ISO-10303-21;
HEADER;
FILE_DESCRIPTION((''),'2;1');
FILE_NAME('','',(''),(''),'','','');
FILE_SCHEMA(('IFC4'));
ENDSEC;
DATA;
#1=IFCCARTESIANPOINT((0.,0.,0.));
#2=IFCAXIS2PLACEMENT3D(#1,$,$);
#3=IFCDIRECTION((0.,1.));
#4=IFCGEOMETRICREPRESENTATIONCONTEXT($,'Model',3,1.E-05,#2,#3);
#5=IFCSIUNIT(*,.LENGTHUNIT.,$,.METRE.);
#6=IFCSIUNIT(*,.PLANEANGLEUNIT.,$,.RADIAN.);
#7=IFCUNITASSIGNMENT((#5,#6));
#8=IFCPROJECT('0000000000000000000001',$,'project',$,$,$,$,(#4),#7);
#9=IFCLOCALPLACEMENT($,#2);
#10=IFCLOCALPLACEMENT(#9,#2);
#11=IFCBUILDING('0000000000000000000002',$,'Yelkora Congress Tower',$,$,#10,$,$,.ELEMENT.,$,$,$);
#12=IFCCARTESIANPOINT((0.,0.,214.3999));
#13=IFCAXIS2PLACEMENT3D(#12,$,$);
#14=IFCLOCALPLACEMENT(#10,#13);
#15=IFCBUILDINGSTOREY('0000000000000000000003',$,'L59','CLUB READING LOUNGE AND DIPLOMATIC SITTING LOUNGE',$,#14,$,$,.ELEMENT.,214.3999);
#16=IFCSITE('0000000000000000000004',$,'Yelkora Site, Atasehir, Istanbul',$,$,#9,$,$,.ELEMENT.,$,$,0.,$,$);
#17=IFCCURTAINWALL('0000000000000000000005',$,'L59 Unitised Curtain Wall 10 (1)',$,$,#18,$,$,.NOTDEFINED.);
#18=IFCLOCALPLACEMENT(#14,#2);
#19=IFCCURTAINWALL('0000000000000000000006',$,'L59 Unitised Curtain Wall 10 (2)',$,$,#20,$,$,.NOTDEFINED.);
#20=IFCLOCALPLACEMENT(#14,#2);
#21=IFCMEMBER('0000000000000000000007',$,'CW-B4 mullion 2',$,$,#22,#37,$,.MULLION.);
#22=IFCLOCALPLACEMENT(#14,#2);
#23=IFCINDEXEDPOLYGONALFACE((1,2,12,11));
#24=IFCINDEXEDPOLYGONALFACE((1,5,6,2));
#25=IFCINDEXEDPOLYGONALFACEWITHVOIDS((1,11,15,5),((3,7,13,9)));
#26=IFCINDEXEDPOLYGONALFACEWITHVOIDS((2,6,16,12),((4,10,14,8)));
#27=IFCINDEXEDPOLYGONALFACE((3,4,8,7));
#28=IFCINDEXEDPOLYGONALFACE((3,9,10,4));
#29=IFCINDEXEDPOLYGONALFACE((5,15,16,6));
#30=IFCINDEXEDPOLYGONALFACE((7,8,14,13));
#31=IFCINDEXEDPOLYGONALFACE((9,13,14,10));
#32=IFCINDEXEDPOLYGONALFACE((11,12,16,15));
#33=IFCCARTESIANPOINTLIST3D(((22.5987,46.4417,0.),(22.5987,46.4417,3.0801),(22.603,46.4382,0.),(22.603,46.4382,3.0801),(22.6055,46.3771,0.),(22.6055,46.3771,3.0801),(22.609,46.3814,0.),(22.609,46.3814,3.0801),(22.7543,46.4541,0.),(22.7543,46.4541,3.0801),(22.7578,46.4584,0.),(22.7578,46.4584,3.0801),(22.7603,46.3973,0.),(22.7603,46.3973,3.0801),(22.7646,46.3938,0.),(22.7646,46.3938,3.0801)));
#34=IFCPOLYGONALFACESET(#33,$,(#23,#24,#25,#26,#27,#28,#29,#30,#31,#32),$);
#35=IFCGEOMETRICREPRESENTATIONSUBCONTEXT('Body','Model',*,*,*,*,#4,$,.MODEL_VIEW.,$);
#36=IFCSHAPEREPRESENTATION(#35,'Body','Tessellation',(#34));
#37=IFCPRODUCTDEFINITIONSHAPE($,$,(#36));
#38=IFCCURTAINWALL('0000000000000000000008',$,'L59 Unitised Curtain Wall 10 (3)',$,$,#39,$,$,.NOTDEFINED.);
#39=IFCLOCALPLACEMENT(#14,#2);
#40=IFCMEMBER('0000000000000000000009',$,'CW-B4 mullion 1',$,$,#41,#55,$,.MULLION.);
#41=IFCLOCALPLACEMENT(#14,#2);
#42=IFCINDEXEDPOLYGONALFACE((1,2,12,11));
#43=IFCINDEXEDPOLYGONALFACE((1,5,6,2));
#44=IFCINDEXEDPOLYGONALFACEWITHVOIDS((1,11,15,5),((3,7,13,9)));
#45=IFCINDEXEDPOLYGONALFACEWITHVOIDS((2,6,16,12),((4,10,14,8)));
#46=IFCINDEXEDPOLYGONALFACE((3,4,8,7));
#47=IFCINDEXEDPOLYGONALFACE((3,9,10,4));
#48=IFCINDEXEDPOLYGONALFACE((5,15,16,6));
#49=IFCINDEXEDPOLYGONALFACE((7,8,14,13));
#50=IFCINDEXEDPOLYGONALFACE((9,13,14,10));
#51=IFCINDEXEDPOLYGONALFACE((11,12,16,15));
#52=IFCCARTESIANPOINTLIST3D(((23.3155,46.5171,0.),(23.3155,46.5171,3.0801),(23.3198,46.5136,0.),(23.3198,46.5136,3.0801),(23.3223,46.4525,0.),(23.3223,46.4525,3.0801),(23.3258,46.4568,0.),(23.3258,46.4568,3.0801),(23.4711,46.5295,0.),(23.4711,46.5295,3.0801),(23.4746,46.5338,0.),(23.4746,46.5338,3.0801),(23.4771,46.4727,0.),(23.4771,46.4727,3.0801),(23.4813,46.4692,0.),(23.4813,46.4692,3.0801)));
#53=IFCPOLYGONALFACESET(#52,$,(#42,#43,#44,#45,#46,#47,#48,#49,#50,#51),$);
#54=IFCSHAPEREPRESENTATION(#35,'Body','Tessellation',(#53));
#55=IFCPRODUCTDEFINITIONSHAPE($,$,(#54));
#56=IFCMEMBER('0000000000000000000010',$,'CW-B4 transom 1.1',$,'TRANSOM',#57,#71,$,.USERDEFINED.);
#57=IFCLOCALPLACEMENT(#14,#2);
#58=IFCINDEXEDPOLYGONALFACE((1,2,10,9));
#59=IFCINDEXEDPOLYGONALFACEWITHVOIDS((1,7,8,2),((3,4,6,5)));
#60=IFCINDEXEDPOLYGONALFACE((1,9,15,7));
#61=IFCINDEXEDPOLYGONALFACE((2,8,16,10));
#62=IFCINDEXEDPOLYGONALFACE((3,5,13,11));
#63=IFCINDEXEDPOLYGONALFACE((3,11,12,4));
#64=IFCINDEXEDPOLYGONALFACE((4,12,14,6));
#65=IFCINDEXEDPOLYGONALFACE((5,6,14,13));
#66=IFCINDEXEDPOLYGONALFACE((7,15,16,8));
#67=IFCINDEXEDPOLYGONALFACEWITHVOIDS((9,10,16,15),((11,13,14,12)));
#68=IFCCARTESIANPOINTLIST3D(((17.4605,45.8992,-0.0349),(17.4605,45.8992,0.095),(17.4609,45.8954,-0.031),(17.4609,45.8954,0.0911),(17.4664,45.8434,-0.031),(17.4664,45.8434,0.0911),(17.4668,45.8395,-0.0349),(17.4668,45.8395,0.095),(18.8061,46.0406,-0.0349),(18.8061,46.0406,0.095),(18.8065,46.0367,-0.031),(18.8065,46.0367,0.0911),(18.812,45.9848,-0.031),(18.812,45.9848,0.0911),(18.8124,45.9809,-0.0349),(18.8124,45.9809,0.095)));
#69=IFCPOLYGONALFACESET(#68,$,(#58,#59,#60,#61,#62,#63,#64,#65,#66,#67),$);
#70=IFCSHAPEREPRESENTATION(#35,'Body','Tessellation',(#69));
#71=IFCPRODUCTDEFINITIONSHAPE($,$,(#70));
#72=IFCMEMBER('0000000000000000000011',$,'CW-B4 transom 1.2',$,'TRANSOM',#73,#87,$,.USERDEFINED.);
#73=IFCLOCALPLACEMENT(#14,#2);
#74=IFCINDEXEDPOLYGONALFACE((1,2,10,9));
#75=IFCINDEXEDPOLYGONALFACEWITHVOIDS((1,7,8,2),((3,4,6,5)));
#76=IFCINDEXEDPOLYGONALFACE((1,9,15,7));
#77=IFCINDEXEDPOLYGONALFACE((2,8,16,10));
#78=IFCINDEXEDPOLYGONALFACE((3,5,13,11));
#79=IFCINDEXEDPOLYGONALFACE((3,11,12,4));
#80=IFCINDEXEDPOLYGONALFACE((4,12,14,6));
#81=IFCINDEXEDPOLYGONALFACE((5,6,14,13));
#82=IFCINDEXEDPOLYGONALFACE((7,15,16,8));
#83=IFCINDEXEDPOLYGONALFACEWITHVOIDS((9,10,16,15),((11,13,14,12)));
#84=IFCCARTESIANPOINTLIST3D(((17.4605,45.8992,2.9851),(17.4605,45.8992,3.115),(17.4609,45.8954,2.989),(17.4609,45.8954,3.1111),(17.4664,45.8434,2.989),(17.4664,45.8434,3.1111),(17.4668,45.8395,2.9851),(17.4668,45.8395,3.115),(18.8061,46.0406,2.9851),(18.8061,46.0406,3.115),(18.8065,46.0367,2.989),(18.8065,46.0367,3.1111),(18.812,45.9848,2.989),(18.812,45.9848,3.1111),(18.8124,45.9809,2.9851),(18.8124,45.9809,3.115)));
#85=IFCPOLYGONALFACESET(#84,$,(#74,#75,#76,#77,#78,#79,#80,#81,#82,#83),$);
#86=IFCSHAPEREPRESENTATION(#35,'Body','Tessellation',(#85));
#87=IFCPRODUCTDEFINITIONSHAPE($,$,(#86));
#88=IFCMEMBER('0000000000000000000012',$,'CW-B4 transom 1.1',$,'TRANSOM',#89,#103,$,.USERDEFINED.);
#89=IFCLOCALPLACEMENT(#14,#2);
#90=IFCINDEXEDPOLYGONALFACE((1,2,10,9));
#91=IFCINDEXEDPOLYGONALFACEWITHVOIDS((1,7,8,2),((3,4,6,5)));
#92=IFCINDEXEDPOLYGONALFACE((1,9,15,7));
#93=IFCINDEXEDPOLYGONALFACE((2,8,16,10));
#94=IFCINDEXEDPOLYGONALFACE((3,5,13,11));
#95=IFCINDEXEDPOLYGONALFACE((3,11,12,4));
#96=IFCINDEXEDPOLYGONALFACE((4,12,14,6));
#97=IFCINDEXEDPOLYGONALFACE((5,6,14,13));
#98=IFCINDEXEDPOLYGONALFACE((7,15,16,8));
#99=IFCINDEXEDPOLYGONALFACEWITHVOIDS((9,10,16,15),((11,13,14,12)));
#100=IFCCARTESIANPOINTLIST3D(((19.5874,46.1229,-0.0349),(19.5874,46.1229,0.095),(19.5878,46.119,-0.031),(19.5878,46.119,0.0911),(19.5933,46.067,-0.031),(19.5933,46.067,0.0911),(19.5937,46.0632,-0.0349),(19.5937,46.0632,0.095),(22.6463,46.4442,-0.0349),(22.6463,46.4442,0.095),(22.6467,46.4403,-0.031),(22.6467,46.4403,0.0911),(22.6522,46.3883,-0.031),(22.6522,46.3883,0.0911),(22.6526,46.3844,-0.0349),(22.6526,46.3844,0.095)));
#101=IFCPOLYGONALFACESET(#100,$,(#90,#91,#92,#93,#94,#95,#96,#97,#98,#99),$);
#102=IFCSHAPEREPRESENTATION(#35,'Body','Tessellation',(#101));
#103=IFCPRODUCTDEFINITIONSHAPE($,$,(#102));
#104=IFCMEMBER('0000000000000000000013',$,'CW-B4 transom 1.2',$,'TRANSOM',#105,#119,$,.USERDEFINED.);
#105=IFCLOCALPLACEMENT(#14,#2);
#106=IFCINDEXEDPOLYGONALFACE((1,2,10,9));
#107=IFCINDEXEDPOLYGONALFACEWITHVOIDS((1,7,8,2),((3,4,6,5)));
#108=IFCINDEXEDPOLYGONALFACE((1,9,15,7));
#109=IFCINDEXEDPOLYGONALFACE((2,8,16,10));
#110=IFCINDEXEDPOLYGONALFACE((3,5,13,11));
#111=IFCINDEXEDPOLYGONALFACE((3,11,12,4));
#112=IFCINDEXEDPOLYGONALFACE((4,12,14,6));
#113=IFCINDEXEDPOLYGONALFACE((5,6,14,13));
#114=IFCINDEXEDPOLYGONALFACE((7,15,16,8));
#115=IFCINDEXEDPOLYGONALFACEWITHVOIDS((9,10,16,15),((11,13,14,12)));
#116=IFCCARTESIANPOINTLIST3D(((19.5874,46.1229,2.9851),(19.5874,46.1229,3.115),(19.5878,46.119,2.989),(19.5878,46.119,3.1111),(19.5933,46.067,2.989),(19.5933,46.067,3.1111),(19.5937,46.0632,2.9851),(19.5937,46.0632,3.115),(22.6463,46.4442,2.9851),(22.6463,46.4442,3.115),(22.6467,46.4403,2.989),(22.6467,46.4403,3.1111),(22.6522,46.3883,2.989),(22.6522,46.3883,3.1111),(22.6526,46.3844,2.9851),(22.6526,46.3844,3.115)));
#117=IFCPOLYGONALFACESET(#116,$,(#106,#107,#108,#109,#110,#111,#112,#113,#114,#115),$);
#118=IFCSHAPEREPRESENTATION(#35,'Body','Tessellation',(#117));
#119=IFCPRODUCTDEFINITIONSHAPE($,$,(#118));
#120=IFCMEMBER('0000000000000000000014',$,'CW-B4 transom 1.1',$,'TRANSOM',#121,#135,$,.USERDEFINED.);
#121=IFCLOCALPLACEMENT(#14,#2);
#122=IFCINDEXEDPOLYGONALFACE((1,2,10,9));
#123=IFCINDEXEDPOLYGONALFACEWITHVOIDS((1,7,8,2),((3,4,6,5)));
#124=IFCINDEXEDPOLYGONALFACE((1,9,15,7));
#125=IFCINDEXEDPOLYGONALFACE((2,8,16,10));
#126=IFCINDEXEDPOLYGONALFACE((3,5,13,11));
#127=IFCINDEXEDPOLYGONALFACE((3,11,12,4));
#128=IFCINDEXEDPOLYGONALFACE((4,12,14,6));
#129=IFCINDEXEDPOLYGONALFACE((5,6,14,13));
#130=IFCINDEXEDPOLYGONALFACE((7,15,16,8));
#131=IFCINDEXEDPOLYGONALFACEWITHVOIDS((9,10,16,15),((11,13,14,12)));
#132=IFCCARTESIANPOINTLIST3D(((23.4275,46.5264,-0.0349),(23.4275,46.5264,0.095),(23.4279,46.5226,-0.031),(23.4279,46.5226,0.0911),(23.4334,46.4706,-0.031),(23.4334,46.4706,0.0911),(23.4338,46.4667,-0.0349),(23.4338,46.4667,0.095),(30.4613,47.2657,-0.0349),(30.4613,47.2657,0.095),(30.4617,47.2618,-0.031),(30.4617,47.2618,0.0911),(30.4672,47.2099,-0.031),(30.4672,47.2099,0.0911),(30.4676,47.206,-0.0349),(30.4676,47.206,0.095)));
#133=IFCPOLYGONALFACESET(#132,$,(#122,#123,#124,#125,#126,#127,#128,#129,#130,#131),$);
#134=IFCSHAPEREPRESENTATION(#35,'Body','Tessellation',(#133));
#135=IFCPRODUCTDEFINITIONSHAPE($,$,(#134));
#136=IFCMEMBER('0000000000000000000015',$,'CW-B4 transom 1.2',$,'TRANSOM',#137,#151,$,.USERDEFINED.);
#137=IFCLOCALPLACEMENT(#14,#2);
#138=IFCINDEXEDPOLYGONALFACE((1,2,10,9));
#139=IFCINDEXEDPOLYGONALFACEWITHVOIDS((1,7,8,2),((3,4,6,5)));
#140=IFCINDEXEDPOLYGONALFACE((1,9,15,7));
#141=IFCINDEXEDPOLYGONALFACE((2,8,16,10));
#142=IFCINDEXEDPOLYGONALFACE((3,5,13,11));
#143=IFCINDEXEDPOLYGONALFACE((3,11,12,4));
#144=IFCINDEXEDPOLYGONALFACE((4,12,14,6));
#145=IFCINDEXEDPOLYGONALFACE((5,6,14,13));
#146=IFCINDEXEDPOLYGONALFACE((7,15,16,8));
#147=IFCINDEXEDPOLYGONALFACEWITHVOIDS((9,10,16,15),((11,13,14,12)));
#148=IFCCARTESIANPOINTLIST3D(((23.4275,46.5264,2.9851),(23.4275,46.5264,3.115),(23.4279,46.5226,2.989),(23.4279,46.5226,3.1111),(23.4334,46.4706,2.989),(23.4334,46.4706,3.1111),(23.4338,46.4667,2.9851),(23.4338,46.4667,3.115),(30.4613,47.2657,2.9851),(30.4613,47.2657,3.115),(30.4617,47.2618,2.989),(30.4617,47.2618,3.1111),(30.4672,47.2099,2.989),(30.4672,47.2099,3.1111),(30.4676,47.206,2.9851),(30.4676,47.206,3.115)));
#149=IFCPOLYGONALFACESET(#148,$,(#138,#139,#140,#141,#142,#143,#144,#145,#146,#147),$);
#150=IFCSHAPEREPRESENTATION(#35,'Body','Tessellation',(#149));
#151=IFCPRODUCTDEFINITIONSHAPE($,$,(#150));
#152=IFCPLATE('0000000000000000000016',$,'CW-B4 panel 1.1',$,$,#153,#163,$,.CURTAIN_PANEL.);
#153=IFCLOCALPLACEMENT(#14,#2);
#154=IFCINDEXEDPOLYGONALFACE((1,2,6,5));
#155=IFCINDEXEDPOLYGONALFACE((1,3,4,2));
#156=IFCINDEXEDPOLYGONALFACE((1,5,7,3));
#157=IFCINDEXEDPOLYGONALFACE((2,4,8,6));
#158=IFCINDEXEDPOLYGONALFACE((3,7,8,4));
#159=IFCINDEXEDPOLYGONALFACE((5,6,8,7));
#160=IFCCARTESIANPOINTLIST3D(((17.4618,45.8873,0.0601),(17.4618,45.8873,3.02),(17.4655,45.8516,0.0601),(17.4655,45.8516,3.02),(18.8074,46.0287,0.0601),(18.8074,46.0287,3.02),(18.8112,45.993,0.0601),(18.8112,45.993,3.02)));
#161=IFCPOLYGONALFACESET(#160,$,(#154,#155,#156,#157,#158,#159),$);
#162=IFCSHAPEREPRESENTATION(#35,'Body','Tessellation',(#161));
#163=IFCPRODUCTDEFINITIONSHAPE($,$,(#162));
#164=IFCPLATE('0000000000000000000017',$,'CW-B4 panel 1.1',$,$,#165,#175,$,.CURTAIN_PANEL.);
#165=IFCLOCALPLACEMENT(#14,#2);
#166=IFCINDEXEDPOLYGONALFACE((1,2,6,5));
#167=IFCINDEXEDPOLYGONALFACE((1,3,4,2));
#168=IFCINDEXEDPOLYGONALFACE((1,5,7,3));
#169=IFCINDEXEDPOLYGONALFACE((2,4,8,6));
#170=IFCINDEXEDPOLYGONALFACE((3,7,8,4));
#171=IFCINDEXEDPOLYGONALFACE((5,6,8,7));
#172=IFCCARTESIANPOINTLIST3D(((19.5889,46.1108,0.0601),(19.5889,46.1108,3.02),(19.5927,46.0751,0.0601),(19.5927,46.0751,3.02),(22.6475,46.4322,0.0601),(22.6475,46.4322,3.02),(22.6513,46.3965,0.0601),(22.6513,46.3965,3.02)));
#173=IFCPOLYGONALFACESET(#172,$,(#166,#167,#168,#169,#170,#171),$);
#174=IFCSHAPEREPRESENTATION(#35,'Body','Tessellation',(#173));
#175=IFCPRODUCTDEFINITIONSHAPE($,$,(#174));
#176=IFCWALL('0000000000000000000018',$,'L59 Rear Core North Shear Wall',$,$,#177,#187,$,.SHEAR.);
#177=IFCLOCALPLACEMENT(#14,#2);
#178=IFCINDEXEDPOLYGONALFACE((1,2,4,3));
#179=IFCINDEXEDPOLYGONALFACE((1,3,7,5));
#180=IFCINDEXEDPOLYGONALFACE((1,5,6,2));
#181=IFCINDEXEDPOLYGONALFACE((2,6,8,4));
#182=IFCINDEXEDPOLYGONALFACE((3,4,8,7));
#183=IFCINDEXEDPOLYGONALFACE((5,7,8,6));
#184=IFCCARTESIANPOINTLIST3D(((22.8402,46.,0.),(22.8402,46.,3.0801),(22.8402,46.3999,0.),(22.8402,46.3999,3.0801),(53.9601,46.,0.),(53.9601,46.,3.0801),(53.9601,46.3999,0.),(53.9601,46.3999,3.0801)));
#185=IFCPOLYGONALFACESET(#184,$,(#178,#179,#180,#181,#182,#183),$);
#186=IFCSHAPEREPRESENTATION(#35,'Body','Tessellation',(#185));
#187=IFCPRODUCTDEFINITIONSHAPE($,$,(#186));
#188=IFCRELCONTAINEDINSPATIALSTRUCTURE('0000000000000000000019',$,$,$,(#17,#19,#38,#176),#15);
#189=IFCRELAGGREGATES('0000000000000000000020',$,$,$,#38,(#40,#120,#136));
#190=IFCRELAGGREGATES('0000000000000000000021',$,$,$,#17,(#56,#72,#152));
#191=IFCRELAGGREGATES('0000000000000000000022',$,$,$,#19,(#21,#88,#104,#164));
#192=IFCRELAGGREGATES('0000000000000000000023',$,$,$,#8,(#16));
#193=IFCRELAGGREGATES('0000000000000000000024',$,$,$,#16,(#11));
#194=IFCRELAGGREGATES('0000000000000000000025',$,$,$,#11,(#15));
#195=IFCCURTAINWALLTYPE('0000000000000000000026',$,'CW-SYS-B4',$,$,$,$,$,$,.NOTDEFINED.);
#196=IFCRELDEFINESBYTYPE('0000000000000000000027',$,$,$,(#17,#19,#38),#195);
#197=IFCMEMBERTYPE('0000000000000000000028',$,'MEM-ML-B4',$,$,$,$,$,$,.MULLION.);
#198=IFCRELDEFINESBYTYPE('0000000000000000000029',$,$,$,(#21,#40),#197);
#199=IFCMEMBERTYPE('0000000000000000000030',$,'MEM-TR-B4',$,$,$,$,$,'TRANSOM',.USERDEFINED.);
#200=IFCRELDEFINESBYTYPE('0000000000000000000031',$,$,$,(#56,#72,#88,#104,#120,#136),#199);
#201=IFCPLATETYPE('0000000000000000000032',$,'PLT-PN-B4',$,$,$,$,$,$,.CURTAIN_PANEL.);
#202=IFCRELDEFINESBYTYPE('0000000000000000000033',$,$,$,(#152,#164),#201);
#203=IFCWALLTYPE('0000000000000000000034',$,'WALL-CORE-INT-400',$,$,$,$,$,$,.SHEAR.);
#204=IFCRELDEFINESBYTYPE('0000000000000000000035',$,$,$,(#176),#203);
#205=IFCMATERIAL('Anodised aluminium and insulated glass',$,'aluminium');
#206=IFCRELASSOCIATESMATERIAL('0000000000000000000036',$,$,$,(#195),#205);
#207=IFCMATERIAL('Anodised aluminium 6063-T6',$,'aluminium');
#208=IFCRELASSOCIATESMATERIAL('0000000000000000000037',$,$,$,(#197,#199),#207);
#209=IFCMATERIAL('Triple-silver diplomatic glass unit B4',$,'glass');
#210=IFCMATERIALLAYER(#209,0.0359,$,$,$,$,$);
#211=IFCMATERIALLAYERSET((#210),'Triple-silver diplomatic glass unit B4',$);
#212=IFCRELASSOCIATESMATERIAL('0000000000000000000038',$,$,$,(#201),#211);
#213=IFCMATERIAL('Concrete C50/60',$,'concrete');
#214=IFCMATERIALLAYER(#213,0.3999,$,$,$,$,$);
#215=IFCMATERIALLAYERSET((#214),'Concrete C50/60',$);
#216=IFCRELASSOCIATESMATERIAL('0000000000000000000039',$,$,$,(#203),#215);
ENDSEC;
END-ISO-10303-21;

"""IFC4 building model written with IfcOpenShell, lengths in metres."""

from ifc_helpers import new_model, si_unit, direction, frame, frame_2d, origin, origin_2d, place, context, subcontext, project, spatial, rectangle, hollow_rectangle, extrude, material, layer, layer_set, material_profile, profile_set, type_object, element, aggregate, save


model = new_model("IFC4")

# Units and contexts
model_context = context("Model", 3, precision=1e-05, world=origin(), true_north=direction((0.0, 1.0)))
body_context = subcontext(model_context, "Body", "Model", "MODEL_VIEW")
ifc_project = project(units=[si_unit("LENGTHUNIT", "METRE"), si_unit("PLANEANGLEUNIT", "RADIAN")], contexts=[model_context])

# Site, building, storey
site_placement = place(None, origin())
site = spatial("IfcSite", under=ifc_project, at=site_placement, Name="Yelkora Site, Atasehir, Istanbul", CompositionType="ELEMENT", RefElevation=0.0)
building_placement = place(site_placement, origin())
building = spatial("IfcBuilding", under=site, at=building_placement, Name="Yelkora Congress Tower", CompositionType="ELEMENT")
storey_placement = place(building_placement, frame((0.0, 0.0, 214.3999)))
storey = spatial("IfcBuildingStorey", under=building, at=storey_placement, Name="L59", Description="CLUB READING LOUNGE AND DIPLOMATIC SITTING LOUNGE", CompositionType="ELEMENT", Elevation=214.3999)

# Curtain walls, member
ifc_material_1 = material(Name="Anodised aluminium and insulated glass", Category="aluminium")
curtain_wall_type = type_object("IfcCurtainWallType", Name="CW-SYS-B4", PredefinedType="NOTDEFINED", material=ifc_material_1)
curtain_wall_1_placement = place(storey_placement, origin())
curtain_wall_1 = element("IfcCurtainWall", 1, at=curtain_wall_1_placement, inside=storey, type_object=curtain_wall_type, Name="L59 Unitised Curtain Wall 10 (1)", PredefinedType="NOTDEFINED")
ifc_material_2 = material(Name="Anodised aluminium 6063-T6", Category="aluminium")
ifc_material_profile_1 = material_profile(ifc_material_2, hollow_rectangle(XDim=0.0649, YDim=0.1599, WallThickness=0.0039, at=origin_2d()), Name="ALU 65x160x4")
ifc_profile_set_1 = profile_set([ifc_material_profile_1], Name="Anodised aluminium 6063-T6")
member_type_1 = type_object("IfcMemberType", Name="MEM-ML-B4", PredefinedType="MULLION", material=ifc_profile_set_1)
curtain_wall_2_placement = place(storey_placement, origin())
curtain_wall_2 = element("IfcCurtainWall", 2, at=curtain_wall_2_placement, inside=storey, type_object=curtain_wall_type, Name="L59 Unitised Curtain Wall 10 (2)", PredefinedType="NOTDEFINED")
member_1_placement = place(storey_placement, frame((22.6816, 46.4177, 0.0), z_axis=(0.0, 0.0, 1.0), x_axis=(-0.104506, 0.994524, 0.0)))
member_1 = element("IfcMember", 3, at=member_1_placement, type_object=member_type_1, Name="CW-B4 mullion 2", PredefinedType="MULLION", context=body_context, shape_type="SweptSolid", body=[
    extrude(hollow_rectangle(XDim=0.0649, YDim=0.1599, WallThickness=0.0039, at=origin_2d()), origin(), (0.0, 0.0, 1.0), 3.0801),
])

# Curtain wall, member
curtain_wall_3_placement = place(storey_placement, origin())
curtain_wall_3 = element("IfcCurtainWall", 4, at=curtain_wall_3_placement, inside=storey, type_object=curtain_wall_type, Name="L59 Unitised Curtain Wall 10 (3)", PredefinedType="NOTDEFINED")
member_2_placement = place(storey_placement, frame((23.3984, 46.4932, 0.0), z_axis=(0.0, 0.0, 1.0), x_axis=(-0.104528, 0.994522, 0.0)))
member_2 = element("IfcMember", 5, at=member_2_placement, type_object=member_type_1, Name="CW-B4 mullion 1", PredefinedType="MULLION", context=body_context, shape_type="SweptSolid", body=[
    extrude(hollow_rectangle(XDim=0.0649, YDim=0.1599, WallThickness=0.0039, at=origin_2d()), origin(), (0.0, 0.0, 1.0), 3.0801),
])

# Members
ifc_material_profile_2 = material_profile(ifc_material_2, hollow_rectangle(XDim=0.0601, YDim=0.1299, WallThickness=0.0039, at=origin_2d()), Name="ALU 60x130x4")
ifc_profile_set_2 = profile_set([ifc_material_profile_2], Name="Anodised aluminium 6063-T6")
member_type_2 = type_object("IfcMemberType", Name="MEM-TR-B4", ElementType="TRANSOM", PredefinedType="USERDEFINED", material=ifc_profile_set_2)
member_3_placement = place(storey_placement, frame((17.4636, 45.8694, 0.03), z_axis=(0.994528, 0.104469, 0.0), x_axis=(-0.104469, 0.994528, 0.0)))
member_3 = element("IfcMember", 6, at=member_3_placement, type_object=member_type_2, Name="CW-B4 transom 1.1", ObjectType="TRANSOM", PredefinedType="USERDEFINED", context=body_context, shape_type="SweptSolid", body=[
    extrude(hollow_rectangle(XDim=0.0601, YDim=0.1299, WallThickness=0.0039, at=origin_2d()), origin(), (0.0, 0.0, 1.0), 1.353),
])
member_4_placement = place(storey_placement, frame((17.4636, 45.8694, 3.05), z_axis=(0.994528, 0.104469, 0.0), x_axis=(-0.104469, 0.994528, 0.0)))
member_4 = element("IfcMember", 7, at=member_4_placement, type_object=member_type_2, Name="CW-B4 transom 1.2", ObjectType="TRANSOM", PredefinedType="USERDEFINED", context=body_context, shape_type="SweptSolid", body=[
    extrude(hollow_rectangle(XDim=0.0601, YDim=0.1299, WallThickness=0.0039, at=origin_2d()), origin(), (0.0, 0.0, 1.0), 1.353),
])
member_5_placement = place(storey_placement, frame((19.5906, 46.093, 0.03), z_axis=(0.994529, 0.104462, 0.0), x_axis=(-0.104462, 0.994529, 0.0)))
member_5 = element("IfcMember", 8, at=member_5_placement, type_object=member_type_2, Name="CW-B4 transom 1.1", ObjectType="TRANSOM", PredefinedType="USERDEFINED", context=body_context, shape_type="SweptSolid", body=[
    extrude(hollow_rectangle(XDim=0.0601, YDim=0.1299, WallThickness=0.0039, at=origin_2d()), origin(), (0.0, 0.0, 1.0), 3.0757),
])
member_6_placement = place(storey_placement, frame((19.5906, 46.093, 3.05), z_axis=(0.994529, 0.104462, 0.0), x_axis=(-0.104462, 0.994529, 0.0)))
member_6 = element("IfcMember", 9, at=member_6_placement, type_object=member_type_2, Name="CW-B4 transom 1.2", ObjectType="TRANSOM", PredefinedType="USERDEFINED", context=body_context, shape_type="SweptSolid", body=[
    extrude(hollow_rectangle(XDim=0.0601, YDim=0.1299, WallThickness=0.0039, at=origin_2d()), origin(), (0.0, 0.0, 1.0), 3.0757),
])
member_7_placement = place(storey_placement, frame((23.4307, 46.4966, 0.03), z_axis=(0.994522, 0.104527, 0.0), x_axis=(-0.104527, 0.994522, 0.0)))
member_7 = element("IfcMember", 10, at=member_7_placement, type_object=member_type_2, Name="CW-B4 transom 1.1", ObjectType="TRANSOM", PredefinedType="USERDEFINED", context=body_context, shape_type="SweptSolid", body=[
    extrude(hollow_rectangle(XDim=0.0601, YDim=0.1299, WallThickness=0.0039, at=origin_2d()), origin(), (0.0, 0.0, 1.0), 7.0725),
])
member_8_placement = place(storey_placement, frame((23.4307, 46.4966, 3.05), z_axis=(0.994522, 0.104527, 0.0), x_axis=(-0.104527, 0.994522, 0.0)))
member_8 = element("IfcMember", 11, at=member_8_placement, type_object=member_type_2, Name="CW-B4 transom 1.2", ObjectType="TRANSOM", PredefinedType="USERDEFINED", context=body_context, shape_type="SweptSolid", body=[
    extrude(hollow_rectangle(XDim=0.0601, YDim=0.1299, WallThickness=0.0039, at=origin_2d()), origin(), (0.0, 0.0, 1.0), 7.0725),
])
aggregate(curtain_wall_3, [member_2, member_7, member_8])

# Plates
ifc_material_3 = material(Name="Triple-silver diplomatic glass unit B4", Category="glass")
ifc_layer_1 = layer(ifc_material_3, 0.0359)
ifc_layer_set_1 = layer_set([ifc_layer_1], Name="Triple-silver diplomatic glass unit B4")
plate_type = type_object("IfcPlateType", Name="PLT-PN-B4", PredefinedType="CURTAIN_PANEL", material=ifc_layer_set_1)
plate_1_placement = place(storey_placement, frame((18.1365, 45.9402, 0.0601), z_axis=(0.0, 0.0, 1.0), x_axis=(0.994524, 0.104509, 0.0)))
plate_1 = element("IfcPlate", 12, at=plate_1_placement, type_object=plate_type, Name="CW-B4 panel 1.1", PredefinedType="CURTAIN_PANEL", context=body_context, shape_type="SweptSolid", body=[
    extrude(rectangle(XDim=1.353, YDim=0.0359, at=origin_2d()), origin(), (0.0, 0.0, 1.0), 2.96),
])
aggregate(curtain_wall_1, [member_3, member_4, plate_1])
plate_2_placement = place(storey_placement, frame((21.1201, 46.2537, 0.0601), z_axis=(0.0, 0.0, 1.0), x_axis=(0.994524, 0.104506, 0.0)))
plate_2 = element("IfcPlate", 13, at=plate_2_placement, type_object=plate_type, Name="CW-B4 panel 1.1", PredefinedType="CURTAIN_PANEL", context=body_context, shape_type="SweptSolid", body=[
    extrude(rectangle(XDim=3.0754, YDim=0.0359, at=origin_2d()), origin(), (0.0, 0.0, 1.0), 2.96),
])
aggregate(curtain_wall_2, [member_1, member_5, member_6, plate_2])

# Wall
ifc_material_4 = material(Name="Concrete C50/60", Category="concrete")
ifc_layer_2 = layer(ifc_material_4, 0.3999)
ifc_layer_set_2 = layer_set([ifc_layer_2], Name="Concrete C50/60")
wall_type_1 = type_object("IfcWallType", Name="WALL-CORE-INT-400", PredefinedType="SHEAR", material=ifc_layer_set_2)
wall_1_placement = place(storey_placement, frame((22.8401, 46.2, 0.0), z_axis=(0.0, 0.0, 1.0), x_axis=(1.0, 0.0, 0.0)))
element("IfcWall", 14, at=wall_1_placement, inside=storey, type_object=wall_type_1, Name="L59 Rear Core North Shear Wall", PredefinedType="SHEAR", context=body_context, shape_type="SweptSolid", body=[
    extrude(rectangle(XDim=31.1199, YDim=0.3999, at=frame_2d((15.5601, 0.0))), origin(), (0.0, 0.0, 1.0), 3.0801),
])

save(model, "model.ifc")
